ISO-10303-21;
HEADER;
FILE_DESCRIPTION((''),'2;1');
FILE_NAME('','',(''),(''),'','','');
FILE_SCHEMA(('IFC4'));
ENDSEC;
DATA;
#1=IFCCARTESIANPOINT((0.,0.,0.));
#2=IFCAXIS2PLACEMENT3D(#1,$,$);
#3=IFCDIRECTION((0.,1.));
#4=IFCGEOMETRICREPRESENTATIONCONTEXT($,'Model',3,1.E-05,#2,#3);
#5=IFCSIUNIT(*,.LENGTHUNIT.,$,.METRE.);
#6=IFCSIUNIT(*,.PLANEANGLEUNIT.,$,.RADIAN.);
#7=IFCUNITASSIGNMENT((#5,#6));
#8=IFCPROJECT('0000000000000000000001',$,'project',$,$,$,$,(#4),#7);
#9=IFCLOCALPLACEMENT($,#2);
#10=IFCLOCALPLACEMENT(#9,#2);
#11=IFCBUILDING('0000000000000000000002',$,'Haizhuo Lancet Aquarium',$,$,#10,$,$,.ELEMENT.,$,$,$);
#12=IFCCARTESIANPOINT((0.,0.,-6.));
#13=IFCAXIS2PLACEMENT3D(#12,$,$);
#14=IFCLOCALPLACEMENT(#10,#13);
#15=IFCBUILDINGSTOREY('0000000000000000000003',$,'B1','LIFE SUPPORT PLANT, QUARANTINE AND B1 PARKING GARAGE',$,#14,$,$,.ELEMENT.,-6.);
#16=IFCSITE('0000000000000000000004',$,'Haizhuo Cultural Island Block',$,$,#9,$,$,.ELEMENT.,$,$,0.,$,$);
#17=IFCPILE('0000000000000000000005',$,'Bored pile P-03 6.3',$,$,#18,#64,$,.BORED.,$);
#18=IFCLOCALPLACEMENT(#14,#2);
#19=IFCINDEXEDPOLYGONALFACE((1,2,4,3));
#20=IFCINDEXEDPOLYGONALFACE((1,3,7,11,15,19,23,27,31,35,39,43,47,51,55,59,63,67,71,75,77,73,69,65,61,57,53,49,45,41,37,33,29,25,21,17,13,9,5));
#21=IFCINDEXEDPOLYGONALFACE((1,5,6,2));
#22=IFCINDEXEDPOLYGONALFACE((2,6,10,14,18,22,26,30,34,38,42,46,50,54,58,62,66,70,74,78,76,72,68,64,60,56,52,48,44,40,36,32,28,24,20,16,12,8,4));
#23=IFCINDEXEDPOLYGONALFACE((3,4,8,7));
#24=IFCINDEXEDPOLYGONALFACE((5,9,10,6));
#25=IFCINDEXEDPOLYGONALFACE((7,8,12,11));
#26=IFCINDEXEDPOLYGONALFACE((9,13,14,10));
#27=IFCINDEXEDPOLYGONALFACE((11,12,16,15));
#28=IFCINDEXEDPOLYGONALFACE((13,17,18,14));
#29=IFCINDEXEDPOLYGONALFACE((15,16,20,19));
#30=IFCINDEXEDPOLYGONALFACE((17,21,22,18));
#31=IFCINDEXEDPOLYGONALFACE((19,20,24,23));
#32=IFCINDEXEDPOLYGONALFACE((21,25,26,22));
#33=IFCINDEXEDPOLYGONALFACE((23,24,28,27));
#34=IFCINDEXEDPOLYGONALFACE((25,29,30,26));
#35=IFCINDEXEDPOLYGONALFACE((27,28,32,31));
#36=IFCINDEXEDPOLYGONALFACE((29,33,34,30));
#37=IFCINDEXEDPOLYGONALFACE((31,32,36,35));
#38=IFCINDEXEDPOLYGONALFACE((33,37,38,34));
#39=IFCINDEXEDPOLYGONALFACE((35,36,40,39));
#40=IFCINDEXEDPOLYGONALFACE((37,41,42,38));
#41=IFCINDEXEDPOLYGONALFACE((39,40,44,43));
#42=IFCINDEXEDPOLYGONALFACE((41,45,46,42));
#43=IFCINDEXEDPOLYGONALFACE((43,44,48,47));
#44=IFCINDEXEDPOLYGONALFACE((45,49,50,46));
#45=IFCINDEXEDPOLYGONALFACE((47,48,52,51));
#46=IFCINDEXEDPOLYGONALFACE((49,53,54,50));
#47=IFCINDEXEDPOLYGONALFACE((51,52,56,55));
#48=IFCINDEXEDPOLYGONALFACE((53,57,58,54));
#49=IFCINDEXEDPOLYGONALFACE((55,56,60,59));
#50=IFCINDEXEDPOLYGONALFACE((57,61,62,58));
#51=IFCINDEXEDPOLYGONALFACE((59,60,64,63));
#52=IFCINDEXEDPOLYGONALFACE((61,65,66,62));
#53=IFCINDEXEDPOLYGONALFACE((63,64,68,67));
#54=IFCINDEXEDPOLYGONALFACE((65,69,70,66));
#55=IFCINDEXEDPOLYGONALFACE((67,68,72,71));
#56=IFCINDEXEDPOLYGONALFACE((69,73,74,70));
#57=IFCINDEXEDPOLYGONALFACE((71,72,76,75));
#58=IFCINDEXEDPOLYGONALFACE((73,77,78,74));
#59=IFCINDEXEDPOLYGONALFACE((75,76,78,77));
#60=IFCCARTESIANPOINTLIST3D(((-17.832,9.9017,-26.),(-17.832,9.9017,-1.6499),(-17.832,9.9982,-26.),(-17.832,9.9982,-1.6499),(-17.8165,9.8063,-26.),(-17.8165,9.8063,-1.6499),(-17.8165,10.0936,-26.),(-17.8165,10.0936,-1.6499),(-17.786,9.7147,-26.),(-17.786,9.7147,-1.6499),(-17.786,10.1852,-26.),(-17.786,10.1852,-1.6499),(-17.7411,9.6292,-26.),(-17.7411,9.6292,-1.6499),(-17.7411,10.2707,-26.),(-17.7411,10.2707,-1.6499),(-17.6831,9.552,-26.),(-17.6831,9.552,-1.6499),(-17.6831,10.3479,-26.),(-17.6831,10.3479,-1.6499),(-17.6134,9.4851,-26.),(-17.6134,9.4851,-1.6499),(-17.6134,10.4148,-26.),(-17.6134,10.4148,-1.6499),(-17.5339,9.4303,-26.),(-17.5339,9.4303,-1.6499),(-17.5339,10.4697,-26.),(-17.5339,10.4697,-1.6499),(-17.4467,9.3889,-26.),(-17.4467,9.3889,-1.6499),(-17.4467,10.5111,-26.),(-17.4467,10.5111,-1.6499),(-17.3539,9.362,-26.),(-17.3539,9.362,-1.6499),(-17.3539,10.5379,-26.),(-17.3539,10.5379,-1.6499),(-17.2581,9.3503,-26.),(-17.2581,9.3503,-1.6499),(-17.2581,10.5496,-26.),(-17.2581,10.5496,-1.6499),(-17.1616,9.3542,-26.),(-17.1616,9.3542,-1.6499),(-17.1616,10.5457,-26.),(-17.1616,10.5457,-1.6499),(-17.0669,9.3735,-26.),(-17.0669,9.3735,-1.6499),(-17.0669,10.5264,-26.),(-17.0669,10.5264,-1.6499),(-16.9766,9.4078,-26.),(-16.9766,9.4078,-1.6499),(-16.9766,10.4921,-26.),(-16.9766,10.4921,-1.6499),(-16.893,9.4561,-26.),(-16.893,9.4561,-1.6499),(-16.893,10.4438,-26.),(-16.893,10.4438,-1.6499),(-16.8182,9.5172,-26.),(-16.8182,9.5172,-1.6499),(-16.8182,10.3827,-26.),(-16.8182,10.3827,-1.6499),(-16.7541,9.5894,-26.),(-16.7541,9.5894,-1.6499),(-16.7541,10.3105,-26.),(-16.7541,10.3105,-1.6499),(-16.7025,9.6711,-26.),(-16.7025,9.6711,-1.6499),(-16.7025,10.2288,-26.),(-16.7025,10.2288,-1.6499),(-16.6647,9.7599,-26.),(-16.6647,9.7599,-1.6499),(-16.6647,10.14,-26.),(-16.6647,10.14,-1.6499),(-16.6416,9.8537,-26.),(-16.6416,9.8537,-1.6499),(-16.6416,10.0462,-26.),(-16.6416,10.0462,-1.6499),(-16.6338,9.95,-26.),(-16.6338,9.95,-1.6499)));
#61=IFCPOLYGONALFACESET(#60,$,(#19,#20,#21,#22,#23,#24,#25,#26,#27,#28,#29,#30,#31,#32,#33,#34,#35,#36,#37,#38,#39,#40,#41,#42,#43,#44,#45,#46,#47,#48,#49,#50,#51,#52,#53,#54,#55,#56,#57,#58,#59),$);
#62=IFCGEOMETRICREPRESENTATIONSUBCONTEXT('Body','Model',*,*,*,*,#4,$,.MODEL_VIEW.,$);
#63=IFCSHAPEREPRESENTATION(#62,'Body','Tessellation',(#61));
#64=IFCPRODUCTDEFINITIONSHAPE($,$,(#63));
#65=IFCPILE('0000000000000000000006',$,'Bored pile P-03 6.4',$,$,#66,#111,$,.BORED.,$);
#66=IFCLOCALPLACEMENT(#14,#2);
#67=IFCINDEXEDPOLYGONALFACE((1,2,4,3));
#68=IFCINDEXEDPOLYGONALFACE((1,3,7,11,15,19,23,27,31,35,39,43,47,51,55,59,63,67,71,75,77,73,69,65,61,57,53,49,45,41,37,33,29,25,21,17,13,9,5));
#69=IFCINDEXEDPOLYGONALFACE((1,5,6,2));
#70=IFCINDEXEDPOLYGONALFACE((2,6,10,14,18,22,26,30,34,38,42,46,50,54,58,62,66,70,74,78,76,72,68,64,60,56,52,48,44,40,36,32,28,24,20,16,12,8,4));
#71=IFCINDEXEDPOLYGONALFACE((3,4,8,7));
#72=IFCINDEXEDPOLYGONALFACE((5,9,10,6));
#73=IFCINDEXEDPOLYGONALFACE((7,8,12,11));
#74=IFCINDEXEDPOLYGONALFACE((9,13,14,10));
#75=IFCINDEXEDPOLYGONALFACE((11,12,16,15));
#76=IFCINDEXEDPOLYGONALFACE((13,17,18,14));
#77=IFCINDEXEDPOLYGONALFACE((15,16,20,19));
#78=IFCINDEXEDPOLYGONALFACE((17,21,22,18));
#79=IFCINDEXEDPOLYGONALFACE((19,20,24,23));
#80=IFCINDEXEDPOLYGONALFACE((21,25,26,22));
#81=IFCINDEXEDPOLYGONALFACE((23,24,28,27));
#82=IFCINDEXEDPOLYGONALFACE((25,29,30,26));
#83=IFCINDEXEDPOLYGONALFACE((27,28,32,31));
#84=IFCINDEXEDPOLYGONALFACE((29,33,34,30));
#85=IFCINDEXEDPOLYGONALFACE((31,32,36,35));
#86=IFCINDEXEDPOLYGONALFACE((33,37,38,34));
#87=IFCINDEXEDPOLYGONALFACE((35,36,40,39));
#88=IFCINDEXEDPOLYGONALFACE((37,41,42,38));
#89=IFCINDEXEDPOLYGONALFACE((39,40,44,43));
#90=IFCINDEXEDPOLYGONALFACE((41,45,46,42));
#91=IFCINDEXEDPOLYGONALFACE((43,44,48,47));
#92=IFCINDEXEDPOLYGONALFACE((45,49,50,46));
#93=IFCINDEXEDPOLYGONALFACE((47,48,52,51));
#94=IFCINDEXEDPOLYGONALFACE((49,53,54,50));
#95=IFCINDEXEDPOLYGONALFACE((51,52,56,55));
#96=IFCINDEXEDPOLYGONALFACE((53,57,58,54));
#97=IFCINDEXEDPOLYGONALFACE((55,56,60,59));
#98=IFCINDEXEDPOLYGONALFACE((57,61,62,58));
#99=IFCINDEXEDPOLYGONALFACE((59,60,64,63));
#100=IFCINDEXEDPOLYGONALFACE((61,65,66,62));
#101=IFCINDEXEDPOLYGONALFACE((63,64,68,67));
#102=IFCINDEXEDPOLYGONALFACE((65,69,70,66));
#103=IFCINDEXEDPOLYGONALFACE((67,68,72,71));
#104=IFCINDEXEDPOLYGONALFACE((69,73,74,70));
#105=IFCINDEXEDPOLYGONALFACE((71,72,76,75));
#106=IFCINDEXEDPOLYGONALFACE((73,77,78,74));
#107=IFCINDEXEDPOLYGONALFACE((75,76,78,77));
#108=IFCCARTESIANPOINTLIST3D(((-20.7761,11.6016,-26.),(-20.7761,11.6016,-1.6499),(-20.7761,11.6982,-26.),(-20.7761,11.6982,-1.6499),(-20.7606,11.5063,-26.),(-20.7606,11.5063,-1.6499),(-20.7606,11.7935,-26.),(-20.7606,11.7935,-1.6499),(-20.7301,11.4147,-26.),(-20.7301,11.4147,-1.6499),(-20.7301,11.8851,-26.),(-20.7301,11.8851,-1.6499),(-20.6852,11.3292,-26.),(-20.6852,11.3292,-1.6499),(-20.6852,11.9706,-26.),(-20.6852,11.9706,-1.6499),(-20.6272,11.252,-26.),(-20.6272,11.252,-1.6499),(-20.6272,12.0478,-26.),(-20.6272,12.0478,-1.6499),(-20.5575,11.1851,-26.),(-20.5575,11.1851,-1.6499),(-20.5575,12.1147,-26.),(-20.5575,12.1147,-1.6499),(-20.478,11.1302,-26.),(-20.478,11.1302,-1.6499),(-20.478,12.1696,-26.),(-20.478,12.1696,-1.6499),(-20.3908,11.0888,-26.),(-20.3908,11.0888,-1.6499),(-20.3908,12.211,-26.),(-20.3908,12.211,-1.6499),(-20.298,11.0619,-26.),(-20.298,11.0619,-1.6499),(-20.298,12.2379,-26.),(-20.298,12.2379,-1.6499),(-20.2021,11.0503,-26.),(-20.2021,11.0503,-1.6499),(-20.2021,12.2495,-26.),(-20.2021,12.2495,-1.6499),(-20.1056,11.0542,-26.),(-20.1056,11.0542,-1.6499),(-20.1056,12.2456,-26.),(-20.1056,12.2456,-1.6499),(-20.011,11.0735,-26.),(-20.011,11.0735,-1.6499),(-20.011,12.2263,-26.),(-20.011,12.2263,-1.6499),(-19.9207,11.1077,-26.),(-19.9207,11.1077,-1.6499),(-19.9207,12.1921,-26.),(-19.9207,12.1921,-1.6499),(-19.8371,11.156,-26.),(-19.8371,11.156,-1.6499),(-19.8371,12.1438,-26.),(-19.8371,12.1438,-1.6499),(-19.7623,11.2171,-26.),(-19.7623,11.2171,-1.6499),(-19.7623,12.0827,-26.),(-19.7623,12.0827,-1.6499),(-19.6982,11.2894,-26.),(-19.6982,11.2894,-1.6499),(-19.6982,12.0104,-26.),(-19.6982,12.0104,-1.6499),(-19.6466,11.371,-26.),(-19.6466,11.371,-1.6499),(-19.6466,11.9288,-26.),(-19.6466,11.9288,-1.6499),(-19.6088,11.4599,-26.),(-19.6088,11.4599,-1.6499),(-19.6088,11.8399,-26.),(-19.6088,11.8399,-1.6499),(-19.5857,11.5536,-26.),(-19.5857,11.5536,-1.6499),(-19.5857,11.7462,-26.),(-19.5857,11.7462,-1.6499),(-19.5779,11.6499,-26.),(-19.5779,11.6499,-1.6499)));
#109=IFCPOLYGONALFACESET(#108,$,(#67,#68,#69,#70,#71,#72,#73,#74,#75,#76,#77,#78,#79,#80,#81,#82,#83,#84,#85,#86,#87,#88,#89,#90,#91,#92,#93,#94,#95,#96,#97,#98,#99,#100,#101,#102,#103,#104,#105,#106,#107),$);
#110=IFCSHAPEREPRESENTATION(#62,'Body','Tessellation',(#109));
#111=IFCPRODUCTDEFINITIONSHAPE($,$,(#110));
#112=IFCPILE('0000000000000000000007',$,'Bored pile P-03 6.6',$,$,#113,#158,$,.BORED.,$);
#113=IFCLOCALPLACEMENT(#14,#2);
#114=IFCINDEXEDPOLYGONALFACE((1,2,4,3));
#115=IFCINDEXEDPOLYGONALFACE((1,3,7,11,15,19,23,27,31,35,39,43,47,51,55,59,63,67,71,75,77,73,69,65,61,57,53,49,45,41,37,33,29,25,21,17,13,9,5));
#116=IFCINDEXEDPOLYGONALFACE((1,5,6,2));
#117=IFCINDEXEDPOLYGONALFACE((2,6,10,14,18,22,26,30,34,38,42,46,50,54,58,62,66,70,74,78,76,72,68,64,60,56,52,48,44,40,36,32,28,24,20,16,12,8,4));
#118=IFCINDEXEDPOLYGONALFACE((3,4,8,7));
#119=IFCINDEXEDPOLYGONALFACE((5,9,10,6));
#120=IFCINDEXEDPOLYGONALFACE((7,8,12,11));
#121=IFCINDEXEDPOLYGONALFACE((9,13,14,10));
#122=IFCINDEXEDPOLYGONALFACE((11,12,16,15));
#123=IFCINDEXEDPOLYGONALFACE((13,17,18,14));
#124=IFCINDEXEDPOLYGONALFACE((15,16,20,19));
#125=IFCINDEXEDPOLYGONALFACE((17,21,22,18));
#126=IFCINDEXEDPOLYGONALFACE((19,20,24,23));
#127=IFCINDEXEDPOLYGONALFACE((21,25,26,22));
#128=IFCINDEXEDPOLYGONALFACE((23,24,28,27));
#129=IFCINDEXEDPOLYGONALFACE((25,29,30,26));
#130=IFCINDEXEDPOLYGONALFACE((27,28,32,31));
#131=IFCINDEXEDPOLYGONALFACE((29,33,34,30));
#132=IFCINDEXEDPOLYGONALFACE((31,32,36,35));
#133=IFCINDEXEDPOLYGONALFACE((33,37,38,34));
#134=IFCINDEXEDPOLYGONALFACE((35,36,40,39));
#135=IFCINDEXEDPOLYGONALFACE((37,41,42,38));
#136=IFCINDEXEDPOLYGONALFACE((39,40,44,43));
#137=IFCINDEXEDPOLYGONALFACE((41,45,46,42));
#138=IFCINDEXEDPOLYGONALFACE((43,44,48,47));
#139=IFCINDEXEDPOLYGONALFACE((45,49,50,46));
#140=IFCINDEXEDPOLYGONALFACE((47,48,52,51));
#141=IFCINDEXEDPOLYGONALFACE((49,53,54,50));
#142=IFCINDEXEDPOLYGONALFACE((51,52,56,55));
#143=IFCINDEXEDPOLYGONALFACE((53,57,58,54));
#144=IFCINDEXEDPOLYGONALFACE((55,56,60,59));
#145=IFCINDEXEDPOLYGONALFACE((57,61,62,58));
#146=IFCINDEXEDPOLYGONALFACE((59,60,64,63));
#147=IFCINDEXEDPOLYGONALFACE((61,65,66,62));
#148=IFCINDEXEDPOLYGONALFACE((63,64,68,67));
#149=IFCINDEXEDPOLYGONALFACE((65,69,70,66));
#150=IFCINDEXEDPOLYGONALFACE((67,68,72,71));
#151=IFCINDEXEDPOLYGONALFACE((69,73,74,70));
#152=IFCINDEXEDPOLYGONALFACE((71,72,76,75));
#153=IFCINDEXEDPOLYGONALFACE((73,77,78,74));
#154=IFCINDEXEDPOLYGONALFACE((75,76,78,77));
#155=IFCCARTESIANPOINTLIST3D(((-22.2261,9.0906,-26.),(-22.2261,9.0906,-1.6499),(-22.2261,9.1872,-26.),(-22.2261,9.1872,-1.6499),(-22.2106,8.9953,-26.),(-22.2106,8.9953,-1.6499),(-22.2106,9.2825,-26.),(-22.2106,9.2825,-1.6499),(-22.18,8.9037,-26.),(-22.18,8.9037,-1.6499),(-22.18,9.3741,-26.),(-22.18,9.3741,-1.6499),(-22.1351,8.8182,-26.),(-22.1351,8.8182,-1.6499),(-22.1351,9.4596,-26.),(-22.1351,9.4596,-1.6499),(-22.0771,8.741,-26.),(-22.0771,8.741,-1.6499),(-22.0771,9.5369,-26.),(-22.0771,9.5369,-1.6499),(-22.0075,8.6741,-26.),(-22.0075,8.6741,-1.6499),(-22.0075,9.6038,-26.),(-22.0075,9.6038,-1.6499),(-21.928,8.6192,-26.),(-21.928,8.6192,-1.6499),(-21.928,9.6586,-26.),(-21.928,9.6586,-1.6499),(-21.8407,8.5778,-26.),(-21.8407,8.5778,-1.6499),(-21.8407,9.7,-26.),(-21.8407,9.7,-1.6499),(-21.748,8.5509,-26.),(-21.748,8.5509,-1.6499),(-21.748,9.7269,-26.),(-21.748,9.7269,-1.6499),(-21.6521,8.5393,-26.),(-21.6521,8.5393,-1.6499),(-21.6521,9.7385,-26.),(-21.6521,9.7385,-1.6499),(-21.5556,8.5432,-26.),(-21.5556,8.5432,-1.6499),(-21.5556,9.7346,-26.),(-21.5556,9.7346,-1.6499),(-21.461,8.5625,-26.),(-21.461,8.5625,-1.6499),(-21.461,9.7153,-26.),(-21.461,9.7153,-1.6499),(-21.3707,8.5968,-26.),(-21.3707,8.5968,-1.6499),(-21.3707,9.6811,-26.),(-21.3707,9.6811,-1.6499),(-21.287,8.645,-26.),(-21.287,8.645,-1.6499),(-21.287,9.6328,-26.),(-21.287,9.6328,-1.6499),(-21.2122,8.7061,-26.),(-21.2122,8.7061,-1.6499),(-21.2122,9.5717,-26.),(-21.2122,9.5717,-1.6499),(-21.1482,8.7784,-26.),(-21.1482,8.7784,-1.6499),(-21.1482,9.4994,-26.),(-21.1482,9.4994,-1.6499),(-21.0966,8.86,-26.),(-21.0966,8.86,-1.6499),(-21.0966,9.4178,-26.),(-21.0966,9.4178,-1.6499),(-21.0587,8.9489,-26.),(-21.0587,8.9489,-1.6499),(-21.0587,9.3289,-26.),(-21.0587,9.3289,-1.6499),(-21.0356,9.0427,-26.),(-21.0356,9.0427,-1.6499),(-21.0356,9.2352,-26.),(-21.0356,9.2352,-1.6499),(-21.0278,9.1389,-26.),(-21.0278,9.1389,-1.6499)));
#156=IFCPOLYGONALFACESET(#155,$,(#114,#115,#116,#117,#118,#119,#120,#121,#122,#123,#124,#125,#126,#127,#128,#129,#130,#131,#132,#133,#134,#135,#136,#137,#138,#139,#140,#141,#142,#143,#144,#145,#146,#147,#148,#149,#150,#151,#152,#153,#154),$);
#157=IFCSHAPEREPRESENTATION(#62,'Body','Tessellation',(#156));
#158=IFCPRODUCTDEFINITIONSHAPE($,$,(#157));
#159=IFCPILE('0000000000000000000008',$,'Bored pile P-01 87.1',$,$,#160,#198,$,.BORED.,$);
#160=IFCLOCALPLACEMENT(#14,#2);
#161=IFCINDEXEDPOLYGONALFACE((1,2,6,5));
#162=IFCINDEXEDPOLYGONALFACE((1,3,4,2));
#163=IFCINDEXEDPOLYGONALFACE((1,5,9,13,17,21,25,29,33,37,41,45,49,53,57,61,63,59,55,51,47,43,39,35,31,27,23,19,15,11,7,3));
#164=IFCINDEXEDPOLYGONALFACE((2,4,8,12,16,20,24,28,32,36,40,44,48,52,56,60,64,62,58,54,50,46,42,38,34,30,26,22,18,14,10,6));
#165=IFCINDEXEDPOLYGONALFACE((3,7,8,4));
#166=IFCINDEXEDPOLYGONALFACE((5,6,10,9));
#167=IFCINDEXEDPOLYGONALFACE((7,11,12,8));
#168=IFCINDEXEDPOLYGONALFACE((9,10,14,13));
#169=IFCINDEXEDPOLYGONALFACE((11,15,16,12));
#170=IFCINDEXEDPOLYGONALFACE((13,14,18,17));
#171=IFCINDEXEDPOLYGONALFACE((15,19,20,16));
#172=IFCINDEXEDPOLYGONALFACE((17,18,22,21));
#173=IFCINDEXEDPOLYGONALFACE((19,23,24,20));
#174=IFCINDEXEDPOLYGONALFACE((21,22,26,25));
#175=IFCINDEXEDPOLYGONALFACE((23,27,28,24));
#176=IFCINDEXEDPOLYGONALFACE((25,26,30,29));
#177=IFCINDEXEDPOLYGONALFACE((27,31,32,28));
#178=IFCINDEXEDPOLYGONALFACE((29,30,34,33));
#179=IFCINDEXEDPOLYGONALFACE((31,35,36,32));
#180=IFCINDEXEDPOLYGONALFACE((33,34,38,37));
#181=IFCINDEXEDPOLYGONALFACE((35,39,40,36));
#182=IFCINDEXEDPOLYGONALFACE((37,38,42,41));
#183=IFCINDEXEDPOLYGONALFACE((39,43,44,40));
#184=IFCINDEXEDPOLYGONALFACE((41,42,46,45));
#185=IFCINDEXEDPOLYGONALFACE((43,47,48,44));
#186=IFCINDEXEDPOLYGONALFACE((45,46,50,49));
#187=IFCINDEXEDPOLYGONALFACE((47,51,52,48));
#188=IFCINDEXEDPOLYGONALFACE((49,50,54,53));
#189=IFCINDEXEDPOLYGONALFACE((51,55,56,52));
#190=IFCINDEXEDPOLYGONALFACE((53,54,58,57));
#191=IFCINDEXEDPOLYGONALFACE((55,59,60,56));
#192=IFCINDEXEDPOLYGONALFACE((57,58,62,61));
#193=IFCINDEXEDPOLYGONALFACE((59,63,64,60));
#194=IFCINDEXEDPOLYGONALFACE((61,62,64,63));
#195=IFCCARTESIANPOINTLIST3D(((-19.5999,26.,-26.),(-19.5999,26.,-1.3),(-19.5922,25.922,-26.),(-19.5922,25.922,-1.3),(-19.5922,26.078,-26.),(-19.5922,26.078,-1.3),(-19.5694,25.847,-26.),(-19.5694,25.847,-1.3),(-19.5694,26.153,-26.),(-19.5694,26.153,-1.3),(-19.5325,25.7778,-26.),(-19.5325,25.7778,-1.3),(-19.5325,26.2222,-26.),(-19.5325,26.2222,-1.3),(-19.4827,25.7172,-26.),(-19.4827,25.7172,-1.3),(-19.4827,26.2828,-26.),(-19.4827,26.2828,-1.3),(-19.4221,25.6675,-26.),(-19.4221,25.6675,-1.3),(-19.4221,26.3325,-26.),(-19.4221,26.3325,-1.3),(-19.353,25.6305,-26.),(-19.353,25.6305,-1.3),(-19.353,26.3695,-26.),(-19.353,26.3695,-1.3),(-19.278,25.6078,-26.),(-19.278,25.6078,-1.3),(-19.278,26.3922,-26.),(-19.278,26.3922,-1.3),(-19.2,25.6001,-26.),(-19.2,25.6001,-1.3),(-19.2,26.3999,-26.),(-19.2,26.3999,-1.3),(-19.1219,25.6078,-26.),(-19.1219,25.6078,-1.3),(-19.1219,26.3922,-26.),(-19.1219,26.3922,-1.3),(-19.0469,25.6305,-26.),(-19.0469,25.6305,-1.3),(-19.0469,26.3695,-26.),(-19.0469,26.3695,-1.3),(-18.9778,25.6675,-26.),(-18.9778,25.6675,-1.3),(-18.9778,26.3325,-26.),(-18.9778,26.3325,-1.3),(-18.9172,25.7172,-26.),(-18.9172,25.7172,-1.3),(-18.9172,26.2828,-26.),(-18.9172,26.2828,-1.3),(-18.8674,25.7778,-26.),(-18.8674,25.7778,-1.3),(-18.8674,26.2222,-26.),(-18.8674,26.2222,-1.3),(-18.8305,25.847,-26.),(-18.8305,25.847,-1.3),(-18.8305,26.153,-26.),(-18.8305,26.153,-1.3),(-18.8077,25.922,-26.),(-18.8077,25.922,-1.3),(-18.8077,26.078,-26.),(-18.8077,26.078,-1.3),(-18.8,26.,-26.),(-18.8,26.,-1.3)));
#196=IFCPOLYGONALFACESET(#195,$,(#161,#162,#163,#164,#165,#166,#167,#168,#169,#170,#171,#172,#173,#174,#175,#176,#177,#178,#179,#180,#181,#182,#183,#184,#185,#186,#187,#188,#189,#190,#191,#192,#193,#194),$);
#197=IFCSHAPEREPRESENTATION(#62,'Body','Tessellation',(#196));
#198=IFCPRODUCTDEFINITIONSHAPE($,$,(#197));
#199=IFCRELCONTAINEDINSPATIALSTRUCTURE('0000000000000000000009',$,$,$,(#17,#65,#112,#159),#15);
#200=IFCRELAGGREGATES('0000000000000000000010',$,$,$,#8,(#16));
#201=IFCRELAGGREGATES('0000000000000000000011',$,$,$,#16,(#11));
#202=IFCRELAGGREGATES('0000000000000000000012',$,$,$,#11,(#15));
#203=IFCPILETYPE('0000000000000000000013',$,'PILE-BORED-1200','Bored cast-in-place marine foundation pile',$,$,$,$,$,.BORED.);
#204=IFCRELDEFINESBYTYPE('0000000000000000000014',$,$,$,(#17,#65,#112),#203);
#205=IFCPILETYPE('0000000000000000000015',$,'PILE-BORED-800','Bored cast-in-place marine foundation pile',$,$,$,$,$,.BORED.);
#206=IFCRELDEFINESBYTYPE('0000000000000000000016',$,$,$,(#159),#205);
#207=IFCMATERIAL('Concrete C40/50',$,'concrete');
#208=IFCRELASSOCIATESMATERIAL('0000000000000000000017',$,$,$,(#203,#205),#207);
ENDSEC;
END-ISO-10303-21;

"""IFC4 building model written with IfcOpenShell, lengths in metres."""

from ifc_helpers import new_model, si_unit, direction, frame, origin, origin_2d, place, context, subcontext, project, spatial, circle, extrude, material, material_profile, profile_set, type_object, element, save


model = new_model("IFC4")

# Units and contexts
model_context = context("Model", 3, precision=1e-05, world=origin(), true_north=direction((0.0, 1.0)))
body_context = subcontext(model_context, "Body", "Model", "MODEL_VIEW")
ifc_project = project(units=[si_unit("LENGTHUNIT", "METRE"), si_unit("PLANEANGLEUNIT", "RADIAN")], contexts=[model_context])

# Site, building, storey
site_placement = place(None, origin())
site = spatial("IfcSite", under=ifc_project, at=site_placement, Name="Haizhuo Cultural Island Block", CompositionType="ELEMENT", RefElevation=0.0)
building_placement = place(site_placement, origin())
building = spatial("IfcBuilding", under=site, at=building_placement, Name="Haizhuo Lancet Aquarium", CompositionType="ELEMENT")
storey_placement = place(building_placement, frame((0.0, 0.0, -6.0)))
storey = spatial("IfcBuildingStorey", under=building, at=storey_placement, Name="B1", Description="LIFE SUPPORT PLANT, QUARANTINE AND B1 PARKING GARAGE", CompositionType="ELEMENT", Elevation=-6.0)

# Shared definitions
ifc_material_1 = material(Name="Concrete C40/50", Category="concrete")

# Piles
ifc_material_profile_1 = material_profile(ifc_material_1, circle(Radius=0.6001, at=origin_2d()), Name="PILE-1200")
ifc_profile_set_1 = profile_set([ifc_material_profile_1], Name="Concrete C40/50")
pile_type_1 = type_object("IfcPileType", Name="PILE-BORED-1200", Description="Bored cast-in-place marine foundation pile", PredefinedType="BORED", material=ifc_profile_set_1)
for number, where, z_axis, x_axis, name in (
    (1, (-17.2339, 9.95, -1.6499), (0.0, 0.0, -1.0), (1.0, 0.0, 0.0), "Bored pile P-03 6.3"),
    (2, (-20.178, 11.6499, -1.6499), (0.0, 0.0, -1.0), (1.0, 0.0, 0.0), "Bored pile P-03 6.4"),
    (3, (-21.6279, 9.1389, -1.6499), (0.0, 0.0, -1.0), (1.0, 0.0, 0.0), "Bored pile P-03 6.6"),
):
    element("IfcPile", number, at=place(storey_placement, frame(where, z_axis=z_axis, x_axis=x_axis)), inside=storey, type_object=pile_type_1, Name=name, PredefinedType="BORED", context=body_context, shape_type="SweptSolid", body=[
        extrude(circle(Radius=0.6001, at=origin_2d()), origin(), (0.0, 0.0, 1.0), 24.3501),
    ])
ifc_material_profile_2 = material_profile(ifc_material_1, circle(Radius=0.3999, at=origin_2d()), Name="PILE-800")
ifc_profile_set_2 = profile_set([ifc_material_profile_2], Name="Concrete C40/50")
pile_type_2 = type_object("IfcPileType", Name="PILE-BORED-800", Description="Bored cast-in-place marine foundation pile", PredefinedType="BORED", material=ifc_profile_set_2)
for number, where, z_axis, x_axis, name in (
    (4, (-19.2, 26.0, -1.3), (0.0, 0.0, -1.0), (1.0, 0.0, 0.0), "Bored pile P-01 87.1"),
):
    element("IfcPile", number, at=place(storey_placement, frame(where, z_axis=z_axis, x_axis=x_axis)), inside=storey, type_object=pile_type_2, Name=name, PredefinedType="BORED", context=body_context, shape_type="SweptSolid", body=[
        extrude(circle(Radius=0.3999, at=origin_2d()), origin(), (0.0, 0.0, 1.0), 24.7),
    ])

save(model, "model.ifc")
